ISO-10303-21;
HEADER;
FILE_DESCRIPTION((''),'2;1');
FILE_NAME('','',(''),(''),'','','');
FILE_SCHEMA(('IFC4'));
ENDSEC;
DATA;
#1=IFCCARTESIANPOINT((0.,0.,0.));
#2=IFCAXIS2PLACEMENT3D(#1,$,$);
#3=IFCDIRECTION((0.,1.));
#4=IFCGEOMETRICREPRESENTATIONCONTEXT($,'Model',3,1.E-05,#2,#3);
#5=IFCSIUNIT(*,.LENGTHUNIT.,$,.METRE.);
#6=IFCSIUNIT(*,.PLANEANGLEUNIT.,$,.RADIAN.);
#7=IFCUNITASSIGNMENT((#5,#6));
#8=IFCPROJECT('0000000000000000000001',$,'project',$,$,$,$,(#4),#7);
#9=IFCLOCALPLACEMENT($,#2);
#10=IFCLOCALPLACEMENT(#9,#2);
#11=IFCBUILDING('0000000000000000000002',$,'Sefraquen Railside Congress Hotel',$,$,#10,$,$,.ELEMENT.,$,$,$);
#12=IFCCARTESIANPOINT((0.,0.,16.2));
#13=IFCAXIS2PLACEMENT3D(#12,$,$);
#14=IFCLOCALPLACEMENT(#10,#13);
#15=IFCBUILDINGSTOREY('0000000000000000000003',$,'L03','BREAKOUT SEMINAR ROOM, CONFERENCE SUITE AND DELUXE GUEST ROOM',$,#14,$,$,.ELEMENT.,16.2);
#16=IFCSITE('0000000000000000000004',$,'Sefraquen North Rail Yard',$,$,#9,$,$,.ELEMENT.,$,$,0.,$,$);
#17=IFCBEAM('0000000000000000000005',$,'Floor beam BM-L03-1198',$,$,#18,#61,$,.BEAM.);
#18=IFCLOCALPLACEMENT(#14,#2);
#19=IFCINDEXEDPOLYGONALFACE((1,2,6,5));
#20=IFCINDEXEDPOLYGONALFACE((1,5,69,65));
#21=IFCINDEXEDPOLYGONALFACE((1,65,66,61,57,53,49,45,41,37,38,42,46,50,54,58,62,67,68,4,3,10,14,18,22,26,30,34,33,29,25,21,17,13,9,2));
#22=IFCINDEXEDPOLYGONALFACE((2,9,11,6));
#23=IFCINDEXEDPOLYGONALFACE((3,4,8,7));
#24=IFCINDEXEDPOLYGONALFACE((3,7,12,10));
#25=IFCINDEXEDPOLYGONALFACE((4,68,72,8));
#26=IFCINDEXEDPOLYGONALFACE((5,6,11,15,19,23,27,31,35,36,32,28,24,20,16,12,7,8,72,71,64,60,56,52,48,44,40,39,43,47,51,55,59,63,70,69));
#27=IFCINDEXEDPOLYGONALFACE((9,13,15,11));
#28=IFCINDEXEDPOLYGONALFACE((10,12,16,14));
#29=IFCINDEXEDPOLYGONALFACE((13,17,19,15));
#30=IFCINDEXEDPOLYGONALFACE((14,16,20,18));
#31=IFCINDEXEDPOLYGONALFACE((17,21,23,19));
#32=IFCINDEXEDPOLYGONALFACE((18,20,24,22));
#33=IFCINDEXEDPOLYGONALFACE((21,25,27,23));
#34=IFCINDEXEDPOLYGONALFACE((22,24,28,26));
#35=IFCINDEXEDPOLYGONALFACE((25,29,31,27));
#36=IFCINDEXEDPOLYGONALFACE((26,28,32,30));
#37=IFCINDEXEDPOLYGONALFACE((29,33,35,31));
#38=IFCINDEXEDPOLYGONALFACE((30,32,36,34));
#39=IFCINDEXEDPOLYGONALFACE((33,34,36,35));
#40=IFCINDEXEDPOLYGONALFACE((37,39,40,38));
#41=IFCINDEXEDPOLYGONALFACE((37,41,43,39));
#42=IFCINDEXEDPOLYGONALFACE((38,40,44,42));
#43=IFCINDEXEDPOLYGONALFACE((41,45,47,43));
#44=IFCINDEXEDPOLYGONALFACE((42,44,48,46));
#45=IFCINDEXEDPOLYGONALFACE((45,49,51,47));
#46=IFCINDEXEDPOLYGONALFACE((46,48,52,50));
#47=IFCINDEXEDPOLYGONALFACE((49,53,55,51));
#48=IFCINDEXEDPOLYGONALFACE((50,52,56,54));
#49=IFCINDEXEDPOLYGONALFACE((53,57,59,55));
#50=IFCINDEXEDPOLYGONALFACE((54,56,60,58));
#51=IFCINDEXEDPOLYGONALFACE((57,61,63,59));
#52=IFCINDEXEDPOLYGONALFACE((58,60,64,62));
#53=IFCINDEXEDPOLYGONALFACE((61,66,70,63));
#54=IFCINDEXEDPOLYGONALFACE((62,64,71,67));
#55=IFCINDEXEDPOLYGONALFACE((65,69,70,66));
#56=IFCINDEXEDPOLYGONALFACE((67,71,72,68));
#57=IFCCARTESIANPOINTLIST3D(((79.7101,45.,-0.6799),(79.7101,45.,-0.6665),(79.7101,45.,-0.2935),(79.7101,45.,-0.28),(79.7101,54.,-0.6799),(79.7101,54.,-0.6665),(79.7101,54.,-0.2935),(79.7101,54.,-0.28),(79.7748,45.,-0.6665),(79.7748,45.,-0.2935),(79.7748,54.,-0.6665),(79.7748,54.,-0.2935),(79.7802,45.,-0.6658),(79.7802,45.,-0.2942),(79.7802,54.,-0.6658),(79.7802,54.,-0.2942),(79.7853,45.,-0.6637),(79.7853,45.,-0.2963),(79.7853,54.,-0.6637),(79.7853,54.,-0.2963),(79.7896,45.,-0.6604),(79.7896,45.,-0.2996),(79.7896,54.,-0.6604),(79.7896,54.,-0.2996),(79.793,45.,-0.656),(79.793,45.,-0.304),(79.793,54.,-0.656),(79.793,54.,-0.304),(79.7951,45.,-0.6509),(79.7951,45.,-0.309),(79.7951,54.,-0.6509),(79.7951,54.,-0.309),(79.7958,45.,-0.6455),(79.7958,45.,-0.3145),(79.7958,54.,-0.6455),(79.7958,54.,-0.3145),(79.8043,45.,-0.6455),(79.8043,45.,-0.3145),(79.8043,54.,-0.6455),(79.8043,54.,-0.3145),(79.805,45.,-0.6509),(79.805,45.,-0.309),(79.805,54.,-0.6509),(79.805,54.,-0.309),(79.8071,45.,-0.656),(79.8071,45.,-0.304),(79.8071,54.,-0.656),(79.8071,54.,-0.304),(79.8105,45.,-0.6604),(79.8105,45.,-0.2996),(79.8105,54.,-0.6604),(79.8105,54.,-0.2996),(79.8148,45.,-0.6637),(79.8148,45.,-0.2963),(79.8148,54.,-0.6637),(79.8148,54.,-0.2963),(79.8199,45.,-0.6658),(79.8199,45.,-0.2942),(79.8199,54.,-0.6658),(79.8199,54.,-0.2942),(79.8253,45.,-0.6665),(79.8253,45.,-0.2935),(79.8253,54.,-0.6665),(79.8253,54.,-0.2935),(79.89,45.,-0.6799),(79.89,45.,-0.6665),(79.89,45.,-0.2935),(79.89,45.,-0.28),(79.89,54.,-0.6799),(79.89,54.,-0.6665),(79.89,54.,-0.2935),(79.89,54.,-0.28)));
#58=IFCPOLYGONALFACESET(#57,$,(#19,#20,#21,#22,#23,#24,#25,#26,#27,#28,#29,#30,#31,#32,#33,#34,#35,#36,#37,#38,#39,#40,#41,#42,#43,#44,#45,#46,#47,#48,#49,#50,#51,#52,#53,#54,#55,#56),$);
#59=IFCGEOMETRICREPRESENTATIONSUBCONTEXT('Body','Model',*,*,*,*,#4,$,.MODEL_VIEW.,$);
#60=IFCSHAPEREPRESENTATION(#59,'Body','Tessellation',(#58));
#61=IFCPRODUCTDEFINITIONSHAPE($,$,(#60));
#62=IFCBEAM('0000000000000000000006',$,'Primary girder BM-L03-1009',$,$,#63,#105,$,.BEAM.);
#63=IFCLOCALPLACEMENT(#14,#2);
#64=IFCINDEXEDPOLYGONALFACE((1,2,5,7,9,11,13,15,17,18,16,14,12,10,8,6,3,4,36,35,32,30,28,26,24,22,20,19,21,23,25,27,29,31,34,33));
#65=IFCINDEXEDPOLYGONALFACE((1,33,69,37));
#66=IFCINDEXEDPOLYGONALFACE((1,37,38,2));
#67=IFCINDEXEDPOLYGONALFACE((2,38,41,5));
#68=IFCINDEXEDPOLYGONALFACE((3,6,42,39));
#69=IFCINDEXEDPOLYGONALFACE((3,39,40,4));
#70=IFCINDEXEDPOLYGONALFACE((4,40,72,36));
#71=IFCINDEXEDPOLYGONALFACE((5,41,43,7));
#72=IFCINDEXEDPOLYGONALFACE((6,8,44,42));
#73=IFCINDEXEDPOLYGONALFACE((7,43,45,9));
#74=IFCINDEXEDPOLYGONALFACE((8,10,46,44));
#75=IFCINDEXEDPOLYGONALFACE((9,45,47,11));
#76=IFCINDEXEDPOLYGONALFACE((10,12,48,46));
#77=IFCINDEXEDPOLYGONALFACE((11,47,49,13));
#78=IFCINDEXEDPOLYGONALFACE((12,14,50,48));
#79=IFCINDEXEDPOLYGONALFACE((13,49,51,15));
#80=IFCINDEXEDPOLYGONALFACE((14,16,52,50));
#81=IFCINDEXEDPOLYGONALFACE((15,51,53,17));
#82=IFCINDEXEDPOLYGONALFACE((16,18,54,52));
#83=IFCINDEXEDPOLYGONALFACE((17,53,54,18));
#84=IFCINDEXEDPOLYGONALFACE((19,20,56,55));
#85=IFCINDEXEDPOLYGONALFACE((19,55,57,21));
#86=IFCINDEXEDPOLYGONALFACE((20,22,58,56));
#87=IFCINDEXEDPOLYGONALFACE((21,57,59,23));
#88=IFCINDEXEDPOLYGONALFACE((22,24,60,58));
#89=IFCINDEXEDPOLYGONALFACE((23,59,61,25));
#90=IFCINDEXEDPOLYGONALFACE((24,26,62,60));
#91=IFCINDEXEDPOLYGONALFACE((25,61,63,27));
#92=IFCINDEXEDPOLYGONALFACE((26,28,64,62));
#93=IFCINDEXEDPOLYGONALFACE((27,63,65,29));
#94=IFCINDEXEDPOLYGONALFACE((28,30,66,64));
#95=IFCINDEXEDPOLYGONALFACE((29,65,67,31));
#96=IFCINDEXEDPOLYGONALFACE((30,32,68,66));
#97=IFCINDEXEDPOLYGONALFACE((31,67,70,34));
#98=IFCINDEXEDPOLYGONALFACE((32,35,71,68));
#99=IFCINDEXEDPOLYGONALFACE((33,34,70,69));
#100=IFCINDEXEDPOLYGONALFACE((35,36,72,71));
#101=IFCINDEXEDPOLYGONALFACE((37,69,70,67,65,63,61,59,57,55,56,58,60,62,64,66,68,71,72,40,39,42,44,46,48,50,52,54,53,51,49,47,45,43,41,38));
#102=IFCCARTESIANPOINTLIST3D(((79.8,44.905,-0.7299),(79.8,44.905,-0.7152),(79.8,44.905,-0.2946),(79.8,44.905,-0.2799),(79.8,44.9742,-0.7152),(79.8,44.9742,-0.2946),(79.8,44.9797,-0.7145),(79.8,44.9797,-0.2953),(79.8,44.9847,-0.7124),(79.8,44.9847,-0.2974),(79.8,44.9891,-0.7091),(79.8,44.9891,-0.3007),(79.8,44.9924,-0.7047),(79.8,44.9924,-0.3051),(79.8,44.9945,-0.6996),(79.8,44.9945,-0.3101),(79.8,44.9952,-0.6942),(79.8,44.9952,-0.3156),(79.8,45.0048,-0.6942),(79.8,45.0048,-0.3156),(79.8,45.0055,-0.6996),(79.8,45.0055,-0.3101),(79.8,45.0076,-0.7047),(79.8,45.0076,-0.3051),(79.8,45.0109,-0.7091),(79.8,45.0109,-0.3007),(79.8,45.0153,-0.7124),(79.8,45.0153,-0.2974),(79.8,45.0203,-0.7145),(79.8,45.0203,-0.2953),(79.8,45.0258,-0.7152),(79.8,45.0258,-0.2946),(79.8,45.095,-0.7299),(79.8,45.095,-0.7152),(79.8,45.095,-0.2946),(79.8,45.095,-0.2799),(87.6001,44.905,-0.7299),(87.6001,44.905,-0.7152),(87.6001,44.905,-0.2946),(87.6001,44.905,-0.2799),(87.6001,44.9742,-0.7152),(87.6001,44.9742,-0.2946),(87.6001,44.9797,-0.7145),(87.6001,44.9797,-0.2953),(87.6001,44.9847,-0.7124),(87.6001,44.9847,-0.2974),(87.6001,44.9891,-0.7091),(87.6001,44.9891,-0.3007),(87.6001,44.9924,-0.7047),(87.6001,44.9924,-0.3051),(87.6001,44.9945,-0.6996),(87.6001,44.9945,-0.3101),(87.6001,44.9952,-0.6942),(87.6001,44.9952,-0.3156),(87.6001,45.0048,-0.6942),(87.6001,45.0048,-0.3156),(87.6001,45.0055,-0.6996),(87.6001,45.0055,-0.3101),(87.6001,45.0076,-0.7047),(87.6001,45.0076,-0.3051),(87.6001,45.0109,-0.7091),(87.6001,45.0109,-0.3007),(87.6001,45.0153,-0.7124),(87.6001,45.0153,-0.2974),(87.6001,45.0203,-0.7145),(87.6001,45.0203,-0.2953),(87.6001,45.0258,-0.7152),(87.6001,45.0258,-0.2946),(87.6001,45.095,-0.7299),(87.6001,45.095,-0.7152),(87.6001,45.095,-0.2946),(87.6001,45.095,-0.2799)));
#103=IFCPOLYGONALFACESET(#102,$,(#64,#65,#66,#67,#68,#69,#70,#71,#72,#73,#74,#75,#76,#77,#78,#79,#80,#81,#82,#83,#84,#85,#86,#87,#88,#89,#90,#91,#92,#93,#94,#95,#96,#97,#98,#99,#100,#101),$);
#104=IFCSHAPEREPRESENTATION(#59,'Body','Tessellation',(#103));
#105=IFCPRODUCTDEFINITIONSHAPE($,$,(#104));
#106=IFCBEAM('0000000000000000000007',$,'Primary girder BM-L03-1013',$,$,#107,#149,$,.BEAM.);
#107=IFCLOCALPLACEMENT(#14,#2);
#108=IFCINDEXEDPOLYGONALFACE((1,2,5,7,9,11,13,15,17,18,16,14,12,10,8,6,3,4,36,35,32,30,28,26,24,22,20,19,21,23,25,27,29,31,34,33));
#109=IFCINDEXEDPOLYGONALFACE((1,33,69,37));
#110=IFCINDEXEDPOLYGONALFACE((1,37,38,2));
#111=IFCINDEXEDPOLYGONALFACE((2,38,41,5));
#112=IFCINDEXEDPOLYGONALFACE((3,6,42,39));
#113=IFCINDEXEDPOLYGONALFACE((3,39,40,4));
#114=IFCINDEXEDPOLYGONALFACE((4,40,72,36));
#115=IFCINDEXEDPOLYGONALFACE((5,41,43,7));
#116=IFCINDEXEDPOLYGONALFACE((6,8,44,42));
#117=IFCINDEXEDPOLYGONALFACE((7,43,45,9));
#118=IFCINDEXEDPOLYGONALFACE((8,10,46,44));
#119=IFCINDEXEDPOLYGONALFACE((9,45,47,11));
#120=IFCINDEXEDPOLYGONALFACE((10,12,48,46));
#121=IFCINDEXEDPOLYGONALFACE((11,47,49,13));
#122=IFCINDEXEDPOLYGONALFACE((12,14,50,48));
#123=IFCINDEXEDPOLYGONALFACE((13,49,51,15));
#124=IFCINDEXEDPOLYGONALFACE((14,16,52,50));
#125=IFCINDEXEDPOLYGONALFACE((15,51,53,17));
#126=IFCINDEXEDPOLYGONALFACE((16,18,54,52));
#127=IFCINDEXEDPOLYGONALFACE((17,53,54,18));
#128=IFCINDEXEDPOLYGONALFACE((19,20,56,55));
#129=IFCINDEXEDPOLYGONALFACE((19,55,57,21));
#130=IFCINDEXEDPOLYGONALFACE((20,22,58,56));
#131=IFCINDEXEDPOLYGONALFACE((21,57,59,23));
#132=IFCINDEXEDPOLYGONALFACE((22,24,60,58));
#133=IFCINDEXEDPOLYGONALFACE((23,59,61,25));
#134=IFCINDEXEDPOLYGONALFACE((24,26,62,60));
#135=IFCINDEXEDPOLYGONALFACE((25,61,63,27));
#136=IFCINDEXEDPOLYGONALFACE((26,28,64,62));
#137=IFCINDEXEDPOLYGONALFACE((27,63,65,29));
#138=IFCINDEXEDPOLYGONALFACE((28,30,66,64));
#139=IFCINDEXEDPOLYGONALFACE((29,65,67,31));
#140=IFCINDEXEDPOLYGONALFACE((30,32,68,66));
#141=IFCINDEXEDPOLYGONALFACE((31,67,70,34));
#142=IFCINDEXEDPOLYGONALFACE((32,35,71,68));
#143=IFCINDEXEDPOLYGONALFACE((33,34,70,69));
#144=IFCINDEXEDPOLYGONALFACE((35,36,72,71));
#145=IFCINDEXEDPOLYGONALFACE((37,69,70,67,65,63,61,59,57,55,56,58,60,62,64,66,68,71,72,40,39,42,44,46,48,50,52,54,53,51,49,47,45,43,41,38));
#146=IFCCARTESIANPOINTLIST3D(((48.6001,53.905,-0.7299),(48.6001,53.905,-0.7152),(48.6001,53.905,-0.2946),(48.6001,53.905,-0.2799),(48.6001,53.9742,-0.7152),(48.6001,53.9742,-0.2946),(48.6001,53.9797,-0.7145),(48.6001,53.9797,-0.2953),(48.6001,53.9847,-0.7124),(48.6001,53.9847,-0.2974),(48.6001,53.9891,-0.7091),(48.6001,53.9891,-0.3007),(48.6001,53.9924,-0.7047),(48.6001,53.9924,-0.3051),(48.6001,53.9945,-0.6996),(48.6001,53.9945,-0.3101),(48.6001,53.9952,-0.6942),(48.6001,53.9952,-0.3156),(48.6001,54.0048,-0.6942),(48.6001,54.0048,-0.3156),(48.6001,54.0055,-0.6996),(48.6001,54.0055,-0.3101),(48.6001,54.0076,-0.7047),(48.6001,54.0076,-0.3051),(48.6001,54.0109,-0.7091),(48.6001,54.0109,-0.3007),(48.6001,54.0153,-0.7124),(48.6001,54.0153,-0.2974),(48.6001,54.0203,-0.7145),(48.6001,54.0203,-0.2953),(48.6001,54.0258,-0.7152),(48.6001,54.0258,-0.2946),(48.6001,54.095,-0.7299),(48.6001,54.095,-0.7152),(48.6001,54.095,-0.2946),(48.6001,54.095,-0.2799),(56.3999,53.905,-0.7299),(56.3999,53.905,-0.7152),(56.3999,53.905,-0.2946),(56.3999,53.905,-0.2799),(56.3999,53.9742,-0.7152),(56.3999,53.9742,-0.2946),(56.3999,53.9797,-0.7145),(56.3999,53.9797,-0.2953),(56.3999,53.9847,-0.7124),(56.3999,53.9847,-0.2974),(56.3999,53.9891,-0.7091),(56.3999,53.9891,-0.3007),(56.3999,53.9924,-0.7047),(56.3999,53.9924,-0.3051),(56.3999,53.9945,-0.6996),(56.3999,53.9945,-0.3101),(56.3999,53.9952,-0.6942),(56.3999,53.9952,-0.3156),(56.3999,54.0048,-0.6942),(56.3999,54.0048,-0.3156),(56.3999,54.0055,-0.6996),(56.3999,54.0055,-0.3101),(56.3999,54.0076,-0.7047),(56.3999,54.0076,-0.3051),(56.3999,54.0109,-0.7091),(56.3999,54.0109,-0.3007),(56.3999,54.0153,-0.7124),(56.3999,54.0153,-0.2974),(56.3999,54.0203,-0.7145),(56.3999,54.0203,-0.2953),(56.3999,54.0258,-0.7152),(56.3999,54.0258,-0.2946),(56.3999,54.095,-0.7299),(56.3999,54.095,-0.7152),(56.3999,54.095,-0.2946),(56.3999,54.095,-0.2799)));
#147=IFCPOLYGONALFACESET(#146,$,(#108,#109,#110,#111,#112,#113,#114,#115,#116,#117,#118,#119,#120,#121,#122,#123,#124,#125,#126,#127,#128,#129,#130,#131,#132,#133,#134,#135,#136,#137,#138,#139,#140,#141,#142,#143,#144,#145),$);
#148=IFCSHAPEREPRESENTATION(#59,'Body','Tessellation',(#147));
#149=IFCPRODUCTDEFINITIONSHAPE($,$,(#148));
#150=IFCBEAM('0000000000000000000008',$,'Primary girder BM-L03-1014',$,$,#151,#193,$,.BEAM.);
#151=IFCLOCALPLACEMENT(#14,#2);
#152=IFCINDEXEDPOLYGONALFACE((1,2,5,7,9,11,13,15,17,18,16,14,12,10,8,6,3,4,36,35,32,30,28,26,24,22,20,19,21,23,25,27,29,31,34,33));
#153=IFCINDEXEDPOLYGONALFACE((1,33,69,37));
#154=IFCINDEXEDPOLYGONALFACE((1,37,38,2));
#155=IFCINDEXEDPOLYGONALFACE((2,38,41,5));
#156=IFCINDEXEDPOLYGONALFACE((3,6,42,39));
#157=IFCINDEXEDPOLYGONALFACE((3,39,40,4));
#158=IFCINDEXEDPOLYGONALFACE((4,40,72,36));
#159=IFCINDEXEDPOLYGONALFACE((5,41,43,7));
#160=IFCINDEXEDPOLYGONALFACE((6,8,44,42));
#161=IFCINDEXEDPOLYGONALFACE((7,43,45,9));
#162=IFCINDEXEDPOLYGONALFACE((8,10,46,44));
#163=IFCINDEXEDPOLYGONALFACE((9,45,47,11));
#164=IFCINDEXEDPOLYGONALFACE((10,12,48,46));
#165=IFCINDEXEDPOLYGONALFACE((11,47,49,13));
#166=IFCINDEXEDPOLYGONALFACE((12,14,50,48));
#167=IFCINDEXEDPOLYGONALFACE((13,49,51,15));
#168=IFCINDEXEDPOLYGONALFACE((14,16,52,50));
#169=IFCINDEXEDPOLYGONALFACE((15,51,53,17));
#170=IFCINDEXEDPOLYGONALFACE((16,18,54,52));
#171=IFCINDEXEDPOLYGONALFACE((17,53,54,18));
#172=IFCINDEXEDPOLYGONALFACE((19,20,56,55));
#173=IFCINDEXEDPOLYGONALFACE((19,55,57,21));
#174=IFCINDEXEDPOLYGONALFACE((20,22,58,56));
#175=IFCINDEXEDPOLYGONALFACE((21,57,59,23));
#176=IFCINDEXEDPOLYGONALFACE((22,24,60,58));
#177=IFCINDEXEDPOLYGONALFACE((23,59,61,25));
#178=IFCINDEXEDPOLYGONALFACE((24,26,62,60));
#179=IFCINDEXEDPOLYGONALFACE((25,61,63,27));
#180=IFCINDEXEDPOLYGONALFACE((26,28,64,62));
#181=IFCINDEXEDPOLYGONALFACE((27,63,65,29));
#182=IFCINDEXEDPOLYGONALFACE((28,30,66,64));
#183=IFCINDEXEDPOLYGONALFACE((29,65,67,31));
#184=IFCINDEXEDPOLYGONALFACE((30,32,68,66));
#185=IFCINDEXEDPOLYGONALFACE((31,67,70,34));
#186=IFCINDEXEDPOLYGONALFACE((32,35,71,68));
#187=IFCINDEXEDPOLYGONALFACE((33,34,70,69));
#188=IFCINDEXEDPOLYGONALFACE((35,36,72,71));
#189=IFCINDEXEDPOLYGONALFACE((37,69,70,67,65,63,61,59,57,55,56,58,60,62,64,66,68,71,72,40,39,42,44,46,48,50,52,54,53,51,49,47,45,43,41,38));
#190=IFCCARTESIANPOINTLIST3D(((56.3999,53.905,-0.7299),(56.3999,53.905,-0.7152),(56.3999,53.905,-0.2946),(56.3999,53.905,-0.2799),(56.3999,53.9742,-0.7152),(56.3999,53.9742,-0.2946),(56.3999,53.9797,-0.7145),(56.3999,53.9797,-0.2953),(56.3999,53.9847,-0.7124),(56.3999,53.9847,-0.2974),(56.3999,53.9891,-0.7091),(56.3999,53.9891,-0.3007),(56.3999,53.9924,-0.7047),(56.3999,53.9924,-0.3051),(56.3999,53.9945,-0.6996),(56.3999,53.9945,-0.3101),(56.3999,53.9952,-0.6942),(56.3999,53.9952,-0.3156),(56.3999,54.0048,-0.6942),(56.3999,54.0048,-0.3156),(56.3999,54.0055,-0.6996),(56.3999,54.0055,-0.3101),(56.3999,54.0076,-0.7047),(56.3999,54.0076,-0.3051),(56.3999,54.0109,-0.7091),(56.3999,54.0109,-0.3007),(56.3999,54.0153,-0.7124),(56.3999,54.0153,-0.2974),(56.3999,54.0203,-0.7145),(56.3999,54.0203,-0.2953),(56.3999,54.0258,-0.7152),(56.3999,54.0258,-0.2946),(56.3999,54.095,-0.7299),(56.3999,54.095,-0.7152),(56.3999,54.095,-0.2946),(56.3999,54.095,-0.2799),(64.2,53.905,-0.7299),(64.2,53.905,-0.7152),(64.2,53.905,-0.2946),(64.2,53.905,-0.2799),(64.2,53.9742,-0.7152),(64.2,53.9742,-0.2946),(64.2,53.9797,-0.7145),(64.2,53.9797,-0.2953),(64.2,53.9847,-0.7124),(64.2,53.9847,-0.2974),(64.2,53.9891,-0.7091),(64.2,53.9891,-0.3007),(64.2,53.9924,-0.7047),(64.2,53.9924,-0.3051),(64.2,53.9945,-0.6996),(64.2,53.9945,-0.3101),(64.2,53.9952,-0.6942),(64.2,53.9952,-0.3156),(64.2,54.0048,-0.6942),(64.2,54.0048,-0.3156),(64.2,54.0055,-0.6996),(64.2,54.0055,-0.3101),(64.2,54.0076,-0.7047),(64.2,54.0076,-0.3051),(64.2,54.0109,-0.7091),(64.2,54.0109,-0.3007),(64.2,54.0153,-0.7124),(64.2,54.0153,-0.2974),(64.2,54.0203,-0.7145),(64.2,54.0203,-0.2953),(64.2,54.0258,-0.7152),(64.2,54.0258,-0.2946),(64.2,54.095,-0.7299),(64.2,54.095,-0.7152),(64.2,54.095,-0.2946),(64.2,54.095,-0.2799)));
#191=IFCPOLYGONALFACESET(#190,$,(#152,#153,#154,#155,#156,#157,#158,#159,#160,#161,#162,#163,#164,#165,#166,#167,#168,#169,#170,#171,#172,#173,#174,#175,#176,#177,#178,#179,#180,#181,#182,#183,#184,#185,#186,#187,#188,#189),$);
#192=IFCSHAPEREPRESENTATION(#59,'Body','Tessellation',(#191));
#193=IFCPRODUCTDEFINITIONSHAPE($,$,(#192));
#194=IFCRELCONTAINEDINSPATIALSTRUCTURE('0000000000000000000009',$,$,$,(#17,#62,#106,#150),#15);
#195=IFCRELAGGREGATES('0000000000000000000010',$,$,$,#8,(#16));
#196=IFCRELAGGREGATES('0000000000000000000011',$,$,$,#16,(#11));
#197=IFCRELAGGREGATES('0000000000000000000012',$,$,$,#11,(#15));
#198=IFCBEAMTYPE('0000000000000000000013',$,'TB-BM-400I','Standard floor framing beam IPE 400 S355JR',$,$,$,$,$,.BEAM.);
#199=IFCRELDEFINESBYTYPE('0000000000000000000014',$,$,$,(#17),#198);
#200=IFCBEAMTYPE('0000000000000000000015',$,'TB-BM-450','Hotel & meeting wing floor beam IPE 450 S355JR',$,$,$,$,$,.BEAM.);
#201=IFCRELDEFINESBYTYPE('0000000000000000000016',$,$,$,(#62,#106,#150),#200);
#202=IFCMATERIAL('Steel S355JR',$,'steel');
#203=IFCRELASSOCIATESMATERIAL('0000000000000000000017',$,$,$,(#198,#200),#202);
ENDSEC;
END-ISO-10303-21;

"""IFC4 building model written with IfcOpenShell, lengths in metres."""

from ifc_helpers import new_model, si_unit, direction, frame, origin, origin_2d, place, context, subcontext, project, spatial, i_section, extrude, material, material_profile, profile_set, type_object, element, save


model = new_model("IFC4")

# Units and contexts
model_context = context("Model", 3, precision=1e-05, world=origin(), true_north=direction((0.0, 1.0)))
body_context = subcontext(model_context, "Body", "Model", "MODEL_VIEW")
ifc_project = project(units=[si_unit("LENGTHUNIT", "METRE"), si_unit("PLANEANGLEUNIT", "RADIAN")], contexts=[model_context])

# Site, building, storey
site_placement = place(None, origin())
site = spatial("IfcSite", under=ifc_project, at=site_placement, Name="Sefraquen North Rail Yard", CompositionType="ELEMENT", RefElevation=0.0)
building_placement = place(site_placement, origin())
building = spatial("IfcBuilding", under=site, at=building_placement, Name="Sefraquen Railside Congress Hotel", CompositionType="ELEMENT")
storey_placement = place(building_placement, frame((0.0, 0.0, 16.2)))
storey = spatial("IfcBuildingStorey", under=building, at=storey_placement, Name="L03", Description="BREAKOUT SEMINAR ROOM, CONFERENCE SUITE AND DELUXE GUEST ROOM", CompositionType="ELEMENT", Elevation=16.2)

# Shared definitions
ifc_material_1 = material(Name="Steel S355JR", Category="steel")

# Beams
ifc_material_profile_1 = material_profile(ifc_material_1, i_section(OverallWidth=0.1799, OverallDepth=0.3999, WebThickness=0.0085, FlangeThickness=0.0134, FilletRadius=0.021, at=origin_2d()), Name="IPE 400")
ifc_profile_set_1 = profile_set([ifc_material_profile_1], Name="Steel S355JR")
beam_type_1 = type_object("IfcBeamType", Name="TB-BM-400I", Description="Standard floor framing beam IPE 400 S355JR", PredefinedType="BEAM", material=ifc_profile_set_1)
beam_1_placement = place(storey_placement, frame((79.8, 45.0, -0.48), z_axis=(0.0, 1.0, 0.0), x_axis=(-1.0, 0.0, 0.0)))
element("IfcBeam", 1, at=beam_1_placement, inside=storey, type_object=beam_type_1, Name="Floor beam BM-L03-1198", PredefinedType="BEAM", context=body_context, shape_type="SweptSolid", body=[
    extrude(i_section(OverallWidth=0.1799, OverallDepth=0.3999, WebThickness=0.0085, FlangeThickness=0.0134, FilletRadius=0.021, at=origin_2d()), origin(), (0.0, 0.0, 1.0), 9.0),
])
ifc_material_profile_2 = material_profile(ifc_material_1, i_section(OverallWidth=0.1899, OverallDepth=0.45, WebThickness=0.0095, FlangeThickness=0.0146, FilletRadius=0.021, at=origin_2d()), Name="IPE 450")
ifc_profile_set_2 = profile_set([ifc_material_profile_2], Name="Steel S355JR")
beam_type_2 = type_object("IfcBeamType", Name="TB-BM-450", Description="Hotel & meeting wing floor beam IPE 450 S355JR", PredefinedType="BEAM", material=ifc_profile_set_2)
beam_2_placement = place(storey_placement, frame((79.8, 45.0, -0.5049), z_axis=(1.0, 0.0, 0.0), x_axis=(0.0, 1.0, 0.0)))
element("IfcBeam", 2, at=beam_2_placement, inside=storey, type_object=beam_type_2, Name="Primary girder BM-L03-1009", PredefinedType="BEAM", context=body_context, shape_type="SweptSolid", body=[
    extrude(i_section(OverallWidth=0.1899, OverallDepth=0.45, WebThickness=0.0095, FlangeThickness=0.0146, FilletRadius=0.021, at=origin_2d()), origin(), (0.0, 0.0, 1.0), 7.8),
])
beam_3_placement = place(storey_placement, frame((48.6001, 54.0, -0.5049), z_axis=(1.0, 0.0, 0.0), x_axis=(0.0, 1.0, 0.0)))
element("IfcBeam", 3, at=beam_3_placement, inside=storey, type_object=beam_type_2, Name="Primary girder BM-L03-1013", PredefinedType="BEAM", context=body_context, shape_type="SweptSolid", body=[
    extrude(i_section(OverallWidth=0.1899, OverallDepth=0.45, WebThickness=0.0095, FlangeThickness=0.0146, FilletRadius=0.021, at=origin_2d()), origin(), (0.0, 0.0, 1.0), 7.7998),
])
for number, where, z_axis, x_axis, name in (
    (4, (56.3999, 54.0, -0.5049), (1.0, 0.0, 0.0), (0.0, 1.0, 0.0), "Primary girder BM-L03-1014"),
):
    element("IfcBeam", number, at=place(storey_placement, frame(where, z_axis=z_axis, x_axis=x_axis)), inside=storey, type_object=beam_type_2, Name=name, PredefinedType="BEAM", context=body_context, shape_type="SweptSolid", body=[
        extrude(i_section(OverallWidth=0.1899, OverallDepth=0.45, WebThickness=0.0095, FlangeThickness=0.0146, FilletRadius=0.021, at=origin_2d()), origin(), (0.0, 0.0, 1.0), 7.8),
    ])

save(model, "model.ifc")
